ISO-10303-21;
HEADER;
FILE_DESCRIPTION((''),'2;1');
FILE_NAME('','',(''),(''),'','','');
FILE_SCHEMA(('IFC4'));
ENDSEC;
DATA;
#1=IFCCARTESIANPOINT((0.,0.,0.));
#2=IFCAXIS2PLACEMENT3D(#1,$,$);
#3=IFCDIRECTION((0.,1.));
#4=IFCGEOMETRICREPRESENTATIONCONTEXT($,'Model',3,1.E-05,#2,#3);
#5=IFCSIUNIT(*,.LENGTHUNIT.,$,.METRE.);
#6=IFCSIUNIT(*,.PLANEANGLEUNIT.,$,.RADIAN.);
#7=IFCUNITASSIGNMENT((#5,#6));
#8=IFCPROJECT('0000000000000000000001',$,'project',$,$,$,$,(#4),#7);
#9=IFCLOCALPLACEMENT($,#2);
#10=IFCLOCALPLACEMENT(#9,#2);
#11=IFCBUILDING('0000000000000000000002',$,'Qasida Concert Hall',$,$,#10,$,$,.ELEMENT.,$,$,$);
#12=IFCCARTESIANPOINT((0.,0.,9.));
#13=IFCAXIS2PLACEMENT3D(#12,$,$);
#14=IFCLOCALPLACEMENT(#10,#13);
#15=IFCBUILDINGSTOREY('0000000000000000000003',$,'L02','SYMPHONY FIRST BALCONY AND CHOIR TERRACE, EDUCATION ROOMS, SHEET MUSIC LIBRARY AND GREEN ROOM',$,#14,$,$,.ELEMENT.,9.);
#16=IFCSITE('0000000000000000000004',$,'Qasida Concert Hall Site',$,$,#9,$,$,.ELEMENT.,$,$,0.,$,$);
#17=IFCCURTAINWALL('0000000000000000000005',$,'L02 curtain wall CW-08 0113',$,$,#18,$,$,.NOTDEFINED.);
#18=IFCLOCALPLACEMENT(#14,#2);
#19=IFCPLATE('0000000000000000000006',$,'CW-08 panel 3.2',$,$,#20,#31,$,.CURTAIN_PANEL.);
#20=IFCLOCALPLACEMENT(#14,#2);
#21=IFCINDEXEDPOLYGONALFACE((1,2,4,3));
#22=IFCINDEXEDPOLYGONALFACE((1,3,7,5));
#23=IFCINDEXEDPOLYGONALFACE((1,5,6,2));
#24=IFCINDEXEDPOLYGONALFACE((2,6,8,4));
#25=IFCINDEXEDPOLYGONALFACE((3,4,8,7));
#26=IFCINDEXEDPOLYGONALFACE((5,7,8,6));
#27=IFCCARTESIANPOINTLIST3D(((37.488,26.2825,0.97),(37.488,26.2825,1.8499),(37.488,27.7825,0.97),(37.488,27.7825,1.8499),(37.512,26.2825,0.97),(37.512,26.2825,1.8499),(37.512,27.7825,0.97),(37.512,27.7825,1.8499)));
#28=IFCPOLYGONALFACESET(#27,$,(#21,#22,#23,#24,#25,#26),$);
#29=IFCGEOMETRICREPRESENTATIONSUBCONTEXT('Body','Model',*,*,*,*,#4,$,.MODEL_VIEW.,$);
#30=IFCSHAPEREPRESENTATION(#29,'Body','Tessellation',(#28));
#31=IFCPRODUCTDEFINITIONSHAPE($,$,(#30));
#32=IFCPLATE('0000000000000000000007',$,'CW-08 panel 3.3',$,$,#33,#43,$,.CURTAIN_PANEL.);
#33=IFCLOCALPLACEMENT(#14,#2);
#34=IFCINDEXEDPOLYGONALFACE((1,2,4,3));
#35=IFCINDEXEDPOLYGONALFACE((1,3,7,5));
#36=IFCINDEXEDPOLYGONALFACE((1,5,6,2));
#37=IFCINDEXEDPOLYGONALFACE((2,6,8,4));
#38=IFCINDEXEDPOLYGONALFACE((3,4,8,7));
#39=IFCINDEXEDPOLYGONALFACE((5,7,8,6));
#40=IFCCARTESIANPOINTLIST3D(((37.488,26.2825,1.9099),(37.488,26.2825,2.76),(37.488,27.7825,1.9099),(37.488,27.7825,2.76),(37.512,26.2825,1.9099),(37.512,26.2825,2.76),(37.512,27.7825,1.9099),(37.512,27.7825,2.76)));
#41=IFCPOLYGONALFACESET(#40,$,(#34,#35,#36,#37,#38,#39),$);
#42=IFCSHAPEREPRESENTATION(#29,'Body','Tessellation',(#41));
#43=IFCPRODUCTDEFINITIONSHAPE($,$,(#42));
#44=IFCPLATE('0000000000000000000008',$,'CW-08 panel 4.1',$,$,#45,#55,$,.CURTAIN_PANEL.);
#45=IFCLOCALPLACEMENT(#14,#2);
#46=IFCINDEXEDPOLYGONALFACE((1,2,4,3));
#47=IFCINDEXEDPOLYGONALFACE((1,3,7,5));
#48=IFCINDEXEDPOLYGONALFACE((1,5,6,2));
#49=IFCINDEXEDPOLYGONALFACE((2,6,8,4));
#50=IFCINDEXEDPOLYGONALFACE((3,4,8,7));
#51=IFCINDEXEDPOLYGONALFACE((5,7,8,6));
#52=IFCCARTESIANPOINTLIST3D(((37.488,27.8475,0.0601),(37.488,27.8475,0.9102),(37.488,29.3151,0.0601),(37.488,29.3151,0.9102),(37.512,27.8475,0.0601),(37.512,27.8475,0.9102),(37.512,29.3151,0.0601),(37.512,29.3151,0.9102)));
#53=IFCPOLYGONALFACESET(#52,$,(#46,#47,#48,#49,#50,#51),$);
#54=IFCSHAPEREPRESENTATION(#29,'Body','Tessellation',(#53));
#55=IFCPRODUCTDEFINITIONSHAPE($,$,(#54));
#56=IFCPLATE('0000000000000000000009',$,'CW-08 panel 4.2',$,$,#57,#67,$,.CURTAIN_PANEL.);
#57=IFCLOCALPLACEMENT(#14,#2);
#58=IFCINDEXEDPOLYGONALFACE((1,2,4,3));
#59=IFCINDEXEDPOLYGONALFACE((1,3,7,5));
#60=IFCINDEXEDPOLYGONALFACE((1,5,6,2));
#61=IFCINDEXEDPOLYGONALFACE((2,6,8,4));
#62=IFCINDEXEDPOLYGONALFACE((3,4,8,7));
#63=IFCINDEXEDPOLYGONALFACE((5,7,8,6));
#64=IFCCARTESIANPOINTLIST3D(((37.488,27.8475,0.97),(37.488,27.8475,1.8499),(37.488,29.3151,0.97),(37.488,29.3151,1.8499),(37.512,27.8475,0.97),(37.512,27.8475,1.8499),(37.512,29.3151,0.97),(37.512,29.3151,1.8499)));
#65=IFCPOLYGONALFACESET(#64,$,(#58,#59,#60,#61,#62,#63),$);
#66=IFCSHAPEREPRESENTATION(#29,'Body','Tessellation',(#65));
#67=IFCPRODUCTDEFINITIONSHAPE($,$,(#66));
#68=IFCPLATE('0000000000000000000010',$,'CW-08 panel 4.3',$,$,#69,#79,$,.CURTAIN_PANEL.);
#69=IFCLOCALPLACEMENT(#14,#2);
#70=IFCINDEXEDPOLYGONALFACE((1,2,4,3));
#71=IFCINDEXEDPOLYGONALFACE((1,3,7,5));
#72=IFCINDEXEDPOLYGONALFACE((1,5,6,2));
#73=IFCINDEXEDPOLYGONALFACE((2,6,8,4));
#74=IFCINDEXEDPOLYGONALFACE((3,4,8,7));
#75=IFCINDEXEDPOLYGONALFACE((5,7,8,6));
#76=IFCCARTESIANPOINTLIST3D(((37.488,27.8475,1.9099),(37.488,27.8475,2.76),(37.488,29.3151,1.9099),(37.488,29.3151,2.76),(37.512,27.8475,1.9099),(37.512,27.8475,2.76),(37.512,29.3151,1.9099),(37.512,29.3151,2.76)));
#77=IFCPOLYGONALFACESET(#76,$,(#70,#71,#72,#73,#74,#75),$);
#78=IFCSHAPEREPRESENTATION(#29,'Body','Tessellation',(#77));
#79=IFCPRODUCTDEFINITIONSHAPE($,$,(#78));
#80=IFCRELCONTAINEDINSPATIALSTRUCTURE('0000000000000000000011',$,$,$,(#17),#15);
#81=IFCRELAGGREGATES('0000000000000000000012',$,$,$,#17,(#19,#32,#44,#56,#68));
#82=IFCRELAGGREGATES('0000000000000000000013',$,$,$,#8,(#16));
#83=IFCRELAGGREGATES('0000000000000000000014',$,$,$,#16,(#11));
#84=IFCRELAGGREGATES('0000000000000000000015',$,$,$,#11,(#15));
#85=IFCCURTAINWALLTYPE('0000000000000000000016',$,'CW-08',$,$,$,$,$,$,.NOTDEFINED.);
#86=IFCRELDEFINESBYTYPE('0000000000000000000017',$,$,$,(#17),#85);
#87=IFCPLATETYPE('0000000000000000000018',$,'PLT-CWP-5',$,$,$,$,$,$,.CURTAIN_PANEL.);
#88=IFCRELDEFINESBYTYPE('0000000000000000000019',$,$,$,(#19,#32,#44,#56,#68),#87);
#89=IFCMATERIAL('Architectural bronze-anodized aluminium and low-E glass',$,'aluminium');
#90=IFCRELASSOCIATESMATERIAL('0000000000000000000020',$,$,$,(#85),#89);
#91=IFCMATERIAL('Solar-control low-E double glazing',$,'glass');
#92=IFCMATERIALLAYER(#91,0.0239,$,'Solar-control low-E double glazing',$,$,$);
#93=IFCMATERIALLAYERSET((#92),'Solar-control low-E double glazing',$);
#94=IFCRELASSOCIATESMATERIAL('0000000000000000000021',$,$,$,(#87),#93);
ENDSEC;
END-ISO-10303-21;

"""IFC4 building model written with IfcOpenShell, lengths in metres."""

from ifc_helpers import new_model, si_unit, direction, frame, origin, origin_2d, place, context, subcontext, project, spatial, rectangle, extrude, material, layer, layer_set, type_object, element, aggregate, save


model = new_model("IFC4")

# Units and contexts
model_context = context("Model", 3, precision=1e-05, world=origin(), true_north=direction((0.0, 1.0)))
body_context = subcontext(model_context, "Body", "Model", "MODEL_VIEW")
ifc_project = project(units=[si_unit("LENGTHUNIT", "METRE"), si_unit("PLANEANGLEUNIT", "RADIAN")], contexts=[model_context])

# Site, building, storey
site_placement = place(None, origin())
site = spatial("IfcSite", under=ifc_project, at=site_placement, Name="Qasida Concert Hall Site", CompositionType="ELEMENT", RefElevation=0.0)
building_placement = place(site_placement, origin())
building = spatial("IfcBuilding", under=site, at=building_placement, Name="Qasida Concert Hall", CompositionType="ELEMENT")
storey_placement = place(building_placement, frame((0.0, 0.0, 9.0)))
storey = spatial("IfcBuildingStorey", under=building, at=storey_placement, Name="L02", Description="SYMPHONY FIRST BALCONY AND CHOIR TERRACE, EDUCATION ROOMS, SHEET MUSIC LIBRARY AND GREEN ROOM", CompositionType="ELEMENT", Elevation=9.0)

# Curtain wall
ifc_material_1 = material(Name="Architectural bronze-anodized aluminium and low-E glass", Category="aluminium")
curtain_wall_type = type_object("IfcCurtainWallType", Name="CW-08", PredefinedType="NOTDEFINED", material=ifc_material_1)
curtain_wall_1_placement = place(storey_placement, origin())
curtain_wall_1 = element("IfcCurtainWall", 1, at=curtain_wall_1_placement, inside=storey, type_object=curtain_wall_type, Name="L02 curtain wall CW-08 0113", PredefinedType="NOTDEFINED")

# Plates
ifc_material_2 = material(Name="Solar-control low-E double glazing", Category="glass")
ifc_layer = layer(ifc_material_2, 0.0239, Name="Solar-control low-E double glazing")
ifc_layer_set = layer_set([ifc_layer], Name="Solar-control low-E double glazing")
plate_type = type_object("IfcPlateType", Name="PLT-CWP-5", PredefinedType="CURTAIN_PANEL", material=ifc_layer_set)
plate_1_placement = place(storey_placement, frame((37.5, 27.0325, 0.97), z_axis=(0.0, 0.0, 1.0), x_axis=(0.0, 1.0, 0.0)))
plate_1 = element("IfcPlate", 2, at=plate_1_placement, type_object=plate_type, Name="CW-08 panel 3.2", PredefinedType="CURTAIN_PANEL", context=body_context, shape_type="SweptSolid", body=[
    extrude(rectangle(XDim=1.5, YDim=0.0239, at=origin_2d()), origin(), (0.0, 0.0, 1.0), 0.8799),
])
plate_2_placement = place(storey_placement, frame((37.5, 27.0325, 1.9099), z_axis=(0.0, 0.0, 1.0), x_axis=(0.0, 1.0, 0.0)))
plate_2 = element("IfcPlate", 3, at=plate_2_placement, type_object=plate_type, Name="CW-08 panel 3.3", PredefinedType="CURTAIN_PANEL", context=body_context, shape_type="SweptSolid", body=[
    extrude(rectangle(XDim=1.5, YDim=0.0239, at=origin_2d()), origin(), (0.0, 0.0, 1.0), 0.8501),
])
plate_3_placement = place(storey_placement, frame((37.5, 28.5813, 0.0601), z_axis=(0.0, 0.0, 1.0), x_axis=(0.0, 1.0, 0.0)))
plate_3 = element("IfcPlate", 4, at=plate_3_placement, type_object=plate_type, Name="CW-08 panel 4.1", PredefinedType="CURTAIN_PANEL", context=body_context, shape_type="SweptSolid", body=[
    extrude(rectangle(XDim=1.4675, YDim=0.0239, at=origin_2d()), origin(), (0.0, 0.0, 1.0), 0.8501),
])
plate_4_placement = place(storey_placement, frame((37.5, 28.5813, 0.97), z_axis=(0.0, 0.0, 1.0), x_axis=(0.0, 1.0, 0.0)))
plate_4 = element("IfcPlate", 5, at=plate_4_placement, type_object=plate_type, Name="CW-08 panel 4.2", PredefinedType="CURTAIN_PANEL", context=body_context, shape_type="SweptSolid", body=[
    extrude(rectangle(XDim=1.4675, YDim=0.0239, at=origin_2d()), origin(), (0.0, 0.0, 1.0), 0.8799),
])
plate_5_placement = place(storey_placement, frame((37.5, 28.5813, 1.9099), z_axis=(0.0, 0.0, 1.0), x_axis=(0.0, 1.0, 0.0)))
plate_5 = element("IfcPlate", 6, at=plate_5_placement, type_object=plate_type, Name="CW-08 panel 4.3", PredefinedType="CURTAIN_PANEL", context=body_context, shape_type="SweptSolid", body=[
    extrude(rectangle(XDim=1.4675, YDim=0.0239, at=origin_2d()), origin(), (0.0, 0.0, 1.0), 0.8501),
])
aggregate(curtain_wall_1, [plate_1, plate_2, plate_3, plate_4, plate_5])

save(model, "model.ifc")
